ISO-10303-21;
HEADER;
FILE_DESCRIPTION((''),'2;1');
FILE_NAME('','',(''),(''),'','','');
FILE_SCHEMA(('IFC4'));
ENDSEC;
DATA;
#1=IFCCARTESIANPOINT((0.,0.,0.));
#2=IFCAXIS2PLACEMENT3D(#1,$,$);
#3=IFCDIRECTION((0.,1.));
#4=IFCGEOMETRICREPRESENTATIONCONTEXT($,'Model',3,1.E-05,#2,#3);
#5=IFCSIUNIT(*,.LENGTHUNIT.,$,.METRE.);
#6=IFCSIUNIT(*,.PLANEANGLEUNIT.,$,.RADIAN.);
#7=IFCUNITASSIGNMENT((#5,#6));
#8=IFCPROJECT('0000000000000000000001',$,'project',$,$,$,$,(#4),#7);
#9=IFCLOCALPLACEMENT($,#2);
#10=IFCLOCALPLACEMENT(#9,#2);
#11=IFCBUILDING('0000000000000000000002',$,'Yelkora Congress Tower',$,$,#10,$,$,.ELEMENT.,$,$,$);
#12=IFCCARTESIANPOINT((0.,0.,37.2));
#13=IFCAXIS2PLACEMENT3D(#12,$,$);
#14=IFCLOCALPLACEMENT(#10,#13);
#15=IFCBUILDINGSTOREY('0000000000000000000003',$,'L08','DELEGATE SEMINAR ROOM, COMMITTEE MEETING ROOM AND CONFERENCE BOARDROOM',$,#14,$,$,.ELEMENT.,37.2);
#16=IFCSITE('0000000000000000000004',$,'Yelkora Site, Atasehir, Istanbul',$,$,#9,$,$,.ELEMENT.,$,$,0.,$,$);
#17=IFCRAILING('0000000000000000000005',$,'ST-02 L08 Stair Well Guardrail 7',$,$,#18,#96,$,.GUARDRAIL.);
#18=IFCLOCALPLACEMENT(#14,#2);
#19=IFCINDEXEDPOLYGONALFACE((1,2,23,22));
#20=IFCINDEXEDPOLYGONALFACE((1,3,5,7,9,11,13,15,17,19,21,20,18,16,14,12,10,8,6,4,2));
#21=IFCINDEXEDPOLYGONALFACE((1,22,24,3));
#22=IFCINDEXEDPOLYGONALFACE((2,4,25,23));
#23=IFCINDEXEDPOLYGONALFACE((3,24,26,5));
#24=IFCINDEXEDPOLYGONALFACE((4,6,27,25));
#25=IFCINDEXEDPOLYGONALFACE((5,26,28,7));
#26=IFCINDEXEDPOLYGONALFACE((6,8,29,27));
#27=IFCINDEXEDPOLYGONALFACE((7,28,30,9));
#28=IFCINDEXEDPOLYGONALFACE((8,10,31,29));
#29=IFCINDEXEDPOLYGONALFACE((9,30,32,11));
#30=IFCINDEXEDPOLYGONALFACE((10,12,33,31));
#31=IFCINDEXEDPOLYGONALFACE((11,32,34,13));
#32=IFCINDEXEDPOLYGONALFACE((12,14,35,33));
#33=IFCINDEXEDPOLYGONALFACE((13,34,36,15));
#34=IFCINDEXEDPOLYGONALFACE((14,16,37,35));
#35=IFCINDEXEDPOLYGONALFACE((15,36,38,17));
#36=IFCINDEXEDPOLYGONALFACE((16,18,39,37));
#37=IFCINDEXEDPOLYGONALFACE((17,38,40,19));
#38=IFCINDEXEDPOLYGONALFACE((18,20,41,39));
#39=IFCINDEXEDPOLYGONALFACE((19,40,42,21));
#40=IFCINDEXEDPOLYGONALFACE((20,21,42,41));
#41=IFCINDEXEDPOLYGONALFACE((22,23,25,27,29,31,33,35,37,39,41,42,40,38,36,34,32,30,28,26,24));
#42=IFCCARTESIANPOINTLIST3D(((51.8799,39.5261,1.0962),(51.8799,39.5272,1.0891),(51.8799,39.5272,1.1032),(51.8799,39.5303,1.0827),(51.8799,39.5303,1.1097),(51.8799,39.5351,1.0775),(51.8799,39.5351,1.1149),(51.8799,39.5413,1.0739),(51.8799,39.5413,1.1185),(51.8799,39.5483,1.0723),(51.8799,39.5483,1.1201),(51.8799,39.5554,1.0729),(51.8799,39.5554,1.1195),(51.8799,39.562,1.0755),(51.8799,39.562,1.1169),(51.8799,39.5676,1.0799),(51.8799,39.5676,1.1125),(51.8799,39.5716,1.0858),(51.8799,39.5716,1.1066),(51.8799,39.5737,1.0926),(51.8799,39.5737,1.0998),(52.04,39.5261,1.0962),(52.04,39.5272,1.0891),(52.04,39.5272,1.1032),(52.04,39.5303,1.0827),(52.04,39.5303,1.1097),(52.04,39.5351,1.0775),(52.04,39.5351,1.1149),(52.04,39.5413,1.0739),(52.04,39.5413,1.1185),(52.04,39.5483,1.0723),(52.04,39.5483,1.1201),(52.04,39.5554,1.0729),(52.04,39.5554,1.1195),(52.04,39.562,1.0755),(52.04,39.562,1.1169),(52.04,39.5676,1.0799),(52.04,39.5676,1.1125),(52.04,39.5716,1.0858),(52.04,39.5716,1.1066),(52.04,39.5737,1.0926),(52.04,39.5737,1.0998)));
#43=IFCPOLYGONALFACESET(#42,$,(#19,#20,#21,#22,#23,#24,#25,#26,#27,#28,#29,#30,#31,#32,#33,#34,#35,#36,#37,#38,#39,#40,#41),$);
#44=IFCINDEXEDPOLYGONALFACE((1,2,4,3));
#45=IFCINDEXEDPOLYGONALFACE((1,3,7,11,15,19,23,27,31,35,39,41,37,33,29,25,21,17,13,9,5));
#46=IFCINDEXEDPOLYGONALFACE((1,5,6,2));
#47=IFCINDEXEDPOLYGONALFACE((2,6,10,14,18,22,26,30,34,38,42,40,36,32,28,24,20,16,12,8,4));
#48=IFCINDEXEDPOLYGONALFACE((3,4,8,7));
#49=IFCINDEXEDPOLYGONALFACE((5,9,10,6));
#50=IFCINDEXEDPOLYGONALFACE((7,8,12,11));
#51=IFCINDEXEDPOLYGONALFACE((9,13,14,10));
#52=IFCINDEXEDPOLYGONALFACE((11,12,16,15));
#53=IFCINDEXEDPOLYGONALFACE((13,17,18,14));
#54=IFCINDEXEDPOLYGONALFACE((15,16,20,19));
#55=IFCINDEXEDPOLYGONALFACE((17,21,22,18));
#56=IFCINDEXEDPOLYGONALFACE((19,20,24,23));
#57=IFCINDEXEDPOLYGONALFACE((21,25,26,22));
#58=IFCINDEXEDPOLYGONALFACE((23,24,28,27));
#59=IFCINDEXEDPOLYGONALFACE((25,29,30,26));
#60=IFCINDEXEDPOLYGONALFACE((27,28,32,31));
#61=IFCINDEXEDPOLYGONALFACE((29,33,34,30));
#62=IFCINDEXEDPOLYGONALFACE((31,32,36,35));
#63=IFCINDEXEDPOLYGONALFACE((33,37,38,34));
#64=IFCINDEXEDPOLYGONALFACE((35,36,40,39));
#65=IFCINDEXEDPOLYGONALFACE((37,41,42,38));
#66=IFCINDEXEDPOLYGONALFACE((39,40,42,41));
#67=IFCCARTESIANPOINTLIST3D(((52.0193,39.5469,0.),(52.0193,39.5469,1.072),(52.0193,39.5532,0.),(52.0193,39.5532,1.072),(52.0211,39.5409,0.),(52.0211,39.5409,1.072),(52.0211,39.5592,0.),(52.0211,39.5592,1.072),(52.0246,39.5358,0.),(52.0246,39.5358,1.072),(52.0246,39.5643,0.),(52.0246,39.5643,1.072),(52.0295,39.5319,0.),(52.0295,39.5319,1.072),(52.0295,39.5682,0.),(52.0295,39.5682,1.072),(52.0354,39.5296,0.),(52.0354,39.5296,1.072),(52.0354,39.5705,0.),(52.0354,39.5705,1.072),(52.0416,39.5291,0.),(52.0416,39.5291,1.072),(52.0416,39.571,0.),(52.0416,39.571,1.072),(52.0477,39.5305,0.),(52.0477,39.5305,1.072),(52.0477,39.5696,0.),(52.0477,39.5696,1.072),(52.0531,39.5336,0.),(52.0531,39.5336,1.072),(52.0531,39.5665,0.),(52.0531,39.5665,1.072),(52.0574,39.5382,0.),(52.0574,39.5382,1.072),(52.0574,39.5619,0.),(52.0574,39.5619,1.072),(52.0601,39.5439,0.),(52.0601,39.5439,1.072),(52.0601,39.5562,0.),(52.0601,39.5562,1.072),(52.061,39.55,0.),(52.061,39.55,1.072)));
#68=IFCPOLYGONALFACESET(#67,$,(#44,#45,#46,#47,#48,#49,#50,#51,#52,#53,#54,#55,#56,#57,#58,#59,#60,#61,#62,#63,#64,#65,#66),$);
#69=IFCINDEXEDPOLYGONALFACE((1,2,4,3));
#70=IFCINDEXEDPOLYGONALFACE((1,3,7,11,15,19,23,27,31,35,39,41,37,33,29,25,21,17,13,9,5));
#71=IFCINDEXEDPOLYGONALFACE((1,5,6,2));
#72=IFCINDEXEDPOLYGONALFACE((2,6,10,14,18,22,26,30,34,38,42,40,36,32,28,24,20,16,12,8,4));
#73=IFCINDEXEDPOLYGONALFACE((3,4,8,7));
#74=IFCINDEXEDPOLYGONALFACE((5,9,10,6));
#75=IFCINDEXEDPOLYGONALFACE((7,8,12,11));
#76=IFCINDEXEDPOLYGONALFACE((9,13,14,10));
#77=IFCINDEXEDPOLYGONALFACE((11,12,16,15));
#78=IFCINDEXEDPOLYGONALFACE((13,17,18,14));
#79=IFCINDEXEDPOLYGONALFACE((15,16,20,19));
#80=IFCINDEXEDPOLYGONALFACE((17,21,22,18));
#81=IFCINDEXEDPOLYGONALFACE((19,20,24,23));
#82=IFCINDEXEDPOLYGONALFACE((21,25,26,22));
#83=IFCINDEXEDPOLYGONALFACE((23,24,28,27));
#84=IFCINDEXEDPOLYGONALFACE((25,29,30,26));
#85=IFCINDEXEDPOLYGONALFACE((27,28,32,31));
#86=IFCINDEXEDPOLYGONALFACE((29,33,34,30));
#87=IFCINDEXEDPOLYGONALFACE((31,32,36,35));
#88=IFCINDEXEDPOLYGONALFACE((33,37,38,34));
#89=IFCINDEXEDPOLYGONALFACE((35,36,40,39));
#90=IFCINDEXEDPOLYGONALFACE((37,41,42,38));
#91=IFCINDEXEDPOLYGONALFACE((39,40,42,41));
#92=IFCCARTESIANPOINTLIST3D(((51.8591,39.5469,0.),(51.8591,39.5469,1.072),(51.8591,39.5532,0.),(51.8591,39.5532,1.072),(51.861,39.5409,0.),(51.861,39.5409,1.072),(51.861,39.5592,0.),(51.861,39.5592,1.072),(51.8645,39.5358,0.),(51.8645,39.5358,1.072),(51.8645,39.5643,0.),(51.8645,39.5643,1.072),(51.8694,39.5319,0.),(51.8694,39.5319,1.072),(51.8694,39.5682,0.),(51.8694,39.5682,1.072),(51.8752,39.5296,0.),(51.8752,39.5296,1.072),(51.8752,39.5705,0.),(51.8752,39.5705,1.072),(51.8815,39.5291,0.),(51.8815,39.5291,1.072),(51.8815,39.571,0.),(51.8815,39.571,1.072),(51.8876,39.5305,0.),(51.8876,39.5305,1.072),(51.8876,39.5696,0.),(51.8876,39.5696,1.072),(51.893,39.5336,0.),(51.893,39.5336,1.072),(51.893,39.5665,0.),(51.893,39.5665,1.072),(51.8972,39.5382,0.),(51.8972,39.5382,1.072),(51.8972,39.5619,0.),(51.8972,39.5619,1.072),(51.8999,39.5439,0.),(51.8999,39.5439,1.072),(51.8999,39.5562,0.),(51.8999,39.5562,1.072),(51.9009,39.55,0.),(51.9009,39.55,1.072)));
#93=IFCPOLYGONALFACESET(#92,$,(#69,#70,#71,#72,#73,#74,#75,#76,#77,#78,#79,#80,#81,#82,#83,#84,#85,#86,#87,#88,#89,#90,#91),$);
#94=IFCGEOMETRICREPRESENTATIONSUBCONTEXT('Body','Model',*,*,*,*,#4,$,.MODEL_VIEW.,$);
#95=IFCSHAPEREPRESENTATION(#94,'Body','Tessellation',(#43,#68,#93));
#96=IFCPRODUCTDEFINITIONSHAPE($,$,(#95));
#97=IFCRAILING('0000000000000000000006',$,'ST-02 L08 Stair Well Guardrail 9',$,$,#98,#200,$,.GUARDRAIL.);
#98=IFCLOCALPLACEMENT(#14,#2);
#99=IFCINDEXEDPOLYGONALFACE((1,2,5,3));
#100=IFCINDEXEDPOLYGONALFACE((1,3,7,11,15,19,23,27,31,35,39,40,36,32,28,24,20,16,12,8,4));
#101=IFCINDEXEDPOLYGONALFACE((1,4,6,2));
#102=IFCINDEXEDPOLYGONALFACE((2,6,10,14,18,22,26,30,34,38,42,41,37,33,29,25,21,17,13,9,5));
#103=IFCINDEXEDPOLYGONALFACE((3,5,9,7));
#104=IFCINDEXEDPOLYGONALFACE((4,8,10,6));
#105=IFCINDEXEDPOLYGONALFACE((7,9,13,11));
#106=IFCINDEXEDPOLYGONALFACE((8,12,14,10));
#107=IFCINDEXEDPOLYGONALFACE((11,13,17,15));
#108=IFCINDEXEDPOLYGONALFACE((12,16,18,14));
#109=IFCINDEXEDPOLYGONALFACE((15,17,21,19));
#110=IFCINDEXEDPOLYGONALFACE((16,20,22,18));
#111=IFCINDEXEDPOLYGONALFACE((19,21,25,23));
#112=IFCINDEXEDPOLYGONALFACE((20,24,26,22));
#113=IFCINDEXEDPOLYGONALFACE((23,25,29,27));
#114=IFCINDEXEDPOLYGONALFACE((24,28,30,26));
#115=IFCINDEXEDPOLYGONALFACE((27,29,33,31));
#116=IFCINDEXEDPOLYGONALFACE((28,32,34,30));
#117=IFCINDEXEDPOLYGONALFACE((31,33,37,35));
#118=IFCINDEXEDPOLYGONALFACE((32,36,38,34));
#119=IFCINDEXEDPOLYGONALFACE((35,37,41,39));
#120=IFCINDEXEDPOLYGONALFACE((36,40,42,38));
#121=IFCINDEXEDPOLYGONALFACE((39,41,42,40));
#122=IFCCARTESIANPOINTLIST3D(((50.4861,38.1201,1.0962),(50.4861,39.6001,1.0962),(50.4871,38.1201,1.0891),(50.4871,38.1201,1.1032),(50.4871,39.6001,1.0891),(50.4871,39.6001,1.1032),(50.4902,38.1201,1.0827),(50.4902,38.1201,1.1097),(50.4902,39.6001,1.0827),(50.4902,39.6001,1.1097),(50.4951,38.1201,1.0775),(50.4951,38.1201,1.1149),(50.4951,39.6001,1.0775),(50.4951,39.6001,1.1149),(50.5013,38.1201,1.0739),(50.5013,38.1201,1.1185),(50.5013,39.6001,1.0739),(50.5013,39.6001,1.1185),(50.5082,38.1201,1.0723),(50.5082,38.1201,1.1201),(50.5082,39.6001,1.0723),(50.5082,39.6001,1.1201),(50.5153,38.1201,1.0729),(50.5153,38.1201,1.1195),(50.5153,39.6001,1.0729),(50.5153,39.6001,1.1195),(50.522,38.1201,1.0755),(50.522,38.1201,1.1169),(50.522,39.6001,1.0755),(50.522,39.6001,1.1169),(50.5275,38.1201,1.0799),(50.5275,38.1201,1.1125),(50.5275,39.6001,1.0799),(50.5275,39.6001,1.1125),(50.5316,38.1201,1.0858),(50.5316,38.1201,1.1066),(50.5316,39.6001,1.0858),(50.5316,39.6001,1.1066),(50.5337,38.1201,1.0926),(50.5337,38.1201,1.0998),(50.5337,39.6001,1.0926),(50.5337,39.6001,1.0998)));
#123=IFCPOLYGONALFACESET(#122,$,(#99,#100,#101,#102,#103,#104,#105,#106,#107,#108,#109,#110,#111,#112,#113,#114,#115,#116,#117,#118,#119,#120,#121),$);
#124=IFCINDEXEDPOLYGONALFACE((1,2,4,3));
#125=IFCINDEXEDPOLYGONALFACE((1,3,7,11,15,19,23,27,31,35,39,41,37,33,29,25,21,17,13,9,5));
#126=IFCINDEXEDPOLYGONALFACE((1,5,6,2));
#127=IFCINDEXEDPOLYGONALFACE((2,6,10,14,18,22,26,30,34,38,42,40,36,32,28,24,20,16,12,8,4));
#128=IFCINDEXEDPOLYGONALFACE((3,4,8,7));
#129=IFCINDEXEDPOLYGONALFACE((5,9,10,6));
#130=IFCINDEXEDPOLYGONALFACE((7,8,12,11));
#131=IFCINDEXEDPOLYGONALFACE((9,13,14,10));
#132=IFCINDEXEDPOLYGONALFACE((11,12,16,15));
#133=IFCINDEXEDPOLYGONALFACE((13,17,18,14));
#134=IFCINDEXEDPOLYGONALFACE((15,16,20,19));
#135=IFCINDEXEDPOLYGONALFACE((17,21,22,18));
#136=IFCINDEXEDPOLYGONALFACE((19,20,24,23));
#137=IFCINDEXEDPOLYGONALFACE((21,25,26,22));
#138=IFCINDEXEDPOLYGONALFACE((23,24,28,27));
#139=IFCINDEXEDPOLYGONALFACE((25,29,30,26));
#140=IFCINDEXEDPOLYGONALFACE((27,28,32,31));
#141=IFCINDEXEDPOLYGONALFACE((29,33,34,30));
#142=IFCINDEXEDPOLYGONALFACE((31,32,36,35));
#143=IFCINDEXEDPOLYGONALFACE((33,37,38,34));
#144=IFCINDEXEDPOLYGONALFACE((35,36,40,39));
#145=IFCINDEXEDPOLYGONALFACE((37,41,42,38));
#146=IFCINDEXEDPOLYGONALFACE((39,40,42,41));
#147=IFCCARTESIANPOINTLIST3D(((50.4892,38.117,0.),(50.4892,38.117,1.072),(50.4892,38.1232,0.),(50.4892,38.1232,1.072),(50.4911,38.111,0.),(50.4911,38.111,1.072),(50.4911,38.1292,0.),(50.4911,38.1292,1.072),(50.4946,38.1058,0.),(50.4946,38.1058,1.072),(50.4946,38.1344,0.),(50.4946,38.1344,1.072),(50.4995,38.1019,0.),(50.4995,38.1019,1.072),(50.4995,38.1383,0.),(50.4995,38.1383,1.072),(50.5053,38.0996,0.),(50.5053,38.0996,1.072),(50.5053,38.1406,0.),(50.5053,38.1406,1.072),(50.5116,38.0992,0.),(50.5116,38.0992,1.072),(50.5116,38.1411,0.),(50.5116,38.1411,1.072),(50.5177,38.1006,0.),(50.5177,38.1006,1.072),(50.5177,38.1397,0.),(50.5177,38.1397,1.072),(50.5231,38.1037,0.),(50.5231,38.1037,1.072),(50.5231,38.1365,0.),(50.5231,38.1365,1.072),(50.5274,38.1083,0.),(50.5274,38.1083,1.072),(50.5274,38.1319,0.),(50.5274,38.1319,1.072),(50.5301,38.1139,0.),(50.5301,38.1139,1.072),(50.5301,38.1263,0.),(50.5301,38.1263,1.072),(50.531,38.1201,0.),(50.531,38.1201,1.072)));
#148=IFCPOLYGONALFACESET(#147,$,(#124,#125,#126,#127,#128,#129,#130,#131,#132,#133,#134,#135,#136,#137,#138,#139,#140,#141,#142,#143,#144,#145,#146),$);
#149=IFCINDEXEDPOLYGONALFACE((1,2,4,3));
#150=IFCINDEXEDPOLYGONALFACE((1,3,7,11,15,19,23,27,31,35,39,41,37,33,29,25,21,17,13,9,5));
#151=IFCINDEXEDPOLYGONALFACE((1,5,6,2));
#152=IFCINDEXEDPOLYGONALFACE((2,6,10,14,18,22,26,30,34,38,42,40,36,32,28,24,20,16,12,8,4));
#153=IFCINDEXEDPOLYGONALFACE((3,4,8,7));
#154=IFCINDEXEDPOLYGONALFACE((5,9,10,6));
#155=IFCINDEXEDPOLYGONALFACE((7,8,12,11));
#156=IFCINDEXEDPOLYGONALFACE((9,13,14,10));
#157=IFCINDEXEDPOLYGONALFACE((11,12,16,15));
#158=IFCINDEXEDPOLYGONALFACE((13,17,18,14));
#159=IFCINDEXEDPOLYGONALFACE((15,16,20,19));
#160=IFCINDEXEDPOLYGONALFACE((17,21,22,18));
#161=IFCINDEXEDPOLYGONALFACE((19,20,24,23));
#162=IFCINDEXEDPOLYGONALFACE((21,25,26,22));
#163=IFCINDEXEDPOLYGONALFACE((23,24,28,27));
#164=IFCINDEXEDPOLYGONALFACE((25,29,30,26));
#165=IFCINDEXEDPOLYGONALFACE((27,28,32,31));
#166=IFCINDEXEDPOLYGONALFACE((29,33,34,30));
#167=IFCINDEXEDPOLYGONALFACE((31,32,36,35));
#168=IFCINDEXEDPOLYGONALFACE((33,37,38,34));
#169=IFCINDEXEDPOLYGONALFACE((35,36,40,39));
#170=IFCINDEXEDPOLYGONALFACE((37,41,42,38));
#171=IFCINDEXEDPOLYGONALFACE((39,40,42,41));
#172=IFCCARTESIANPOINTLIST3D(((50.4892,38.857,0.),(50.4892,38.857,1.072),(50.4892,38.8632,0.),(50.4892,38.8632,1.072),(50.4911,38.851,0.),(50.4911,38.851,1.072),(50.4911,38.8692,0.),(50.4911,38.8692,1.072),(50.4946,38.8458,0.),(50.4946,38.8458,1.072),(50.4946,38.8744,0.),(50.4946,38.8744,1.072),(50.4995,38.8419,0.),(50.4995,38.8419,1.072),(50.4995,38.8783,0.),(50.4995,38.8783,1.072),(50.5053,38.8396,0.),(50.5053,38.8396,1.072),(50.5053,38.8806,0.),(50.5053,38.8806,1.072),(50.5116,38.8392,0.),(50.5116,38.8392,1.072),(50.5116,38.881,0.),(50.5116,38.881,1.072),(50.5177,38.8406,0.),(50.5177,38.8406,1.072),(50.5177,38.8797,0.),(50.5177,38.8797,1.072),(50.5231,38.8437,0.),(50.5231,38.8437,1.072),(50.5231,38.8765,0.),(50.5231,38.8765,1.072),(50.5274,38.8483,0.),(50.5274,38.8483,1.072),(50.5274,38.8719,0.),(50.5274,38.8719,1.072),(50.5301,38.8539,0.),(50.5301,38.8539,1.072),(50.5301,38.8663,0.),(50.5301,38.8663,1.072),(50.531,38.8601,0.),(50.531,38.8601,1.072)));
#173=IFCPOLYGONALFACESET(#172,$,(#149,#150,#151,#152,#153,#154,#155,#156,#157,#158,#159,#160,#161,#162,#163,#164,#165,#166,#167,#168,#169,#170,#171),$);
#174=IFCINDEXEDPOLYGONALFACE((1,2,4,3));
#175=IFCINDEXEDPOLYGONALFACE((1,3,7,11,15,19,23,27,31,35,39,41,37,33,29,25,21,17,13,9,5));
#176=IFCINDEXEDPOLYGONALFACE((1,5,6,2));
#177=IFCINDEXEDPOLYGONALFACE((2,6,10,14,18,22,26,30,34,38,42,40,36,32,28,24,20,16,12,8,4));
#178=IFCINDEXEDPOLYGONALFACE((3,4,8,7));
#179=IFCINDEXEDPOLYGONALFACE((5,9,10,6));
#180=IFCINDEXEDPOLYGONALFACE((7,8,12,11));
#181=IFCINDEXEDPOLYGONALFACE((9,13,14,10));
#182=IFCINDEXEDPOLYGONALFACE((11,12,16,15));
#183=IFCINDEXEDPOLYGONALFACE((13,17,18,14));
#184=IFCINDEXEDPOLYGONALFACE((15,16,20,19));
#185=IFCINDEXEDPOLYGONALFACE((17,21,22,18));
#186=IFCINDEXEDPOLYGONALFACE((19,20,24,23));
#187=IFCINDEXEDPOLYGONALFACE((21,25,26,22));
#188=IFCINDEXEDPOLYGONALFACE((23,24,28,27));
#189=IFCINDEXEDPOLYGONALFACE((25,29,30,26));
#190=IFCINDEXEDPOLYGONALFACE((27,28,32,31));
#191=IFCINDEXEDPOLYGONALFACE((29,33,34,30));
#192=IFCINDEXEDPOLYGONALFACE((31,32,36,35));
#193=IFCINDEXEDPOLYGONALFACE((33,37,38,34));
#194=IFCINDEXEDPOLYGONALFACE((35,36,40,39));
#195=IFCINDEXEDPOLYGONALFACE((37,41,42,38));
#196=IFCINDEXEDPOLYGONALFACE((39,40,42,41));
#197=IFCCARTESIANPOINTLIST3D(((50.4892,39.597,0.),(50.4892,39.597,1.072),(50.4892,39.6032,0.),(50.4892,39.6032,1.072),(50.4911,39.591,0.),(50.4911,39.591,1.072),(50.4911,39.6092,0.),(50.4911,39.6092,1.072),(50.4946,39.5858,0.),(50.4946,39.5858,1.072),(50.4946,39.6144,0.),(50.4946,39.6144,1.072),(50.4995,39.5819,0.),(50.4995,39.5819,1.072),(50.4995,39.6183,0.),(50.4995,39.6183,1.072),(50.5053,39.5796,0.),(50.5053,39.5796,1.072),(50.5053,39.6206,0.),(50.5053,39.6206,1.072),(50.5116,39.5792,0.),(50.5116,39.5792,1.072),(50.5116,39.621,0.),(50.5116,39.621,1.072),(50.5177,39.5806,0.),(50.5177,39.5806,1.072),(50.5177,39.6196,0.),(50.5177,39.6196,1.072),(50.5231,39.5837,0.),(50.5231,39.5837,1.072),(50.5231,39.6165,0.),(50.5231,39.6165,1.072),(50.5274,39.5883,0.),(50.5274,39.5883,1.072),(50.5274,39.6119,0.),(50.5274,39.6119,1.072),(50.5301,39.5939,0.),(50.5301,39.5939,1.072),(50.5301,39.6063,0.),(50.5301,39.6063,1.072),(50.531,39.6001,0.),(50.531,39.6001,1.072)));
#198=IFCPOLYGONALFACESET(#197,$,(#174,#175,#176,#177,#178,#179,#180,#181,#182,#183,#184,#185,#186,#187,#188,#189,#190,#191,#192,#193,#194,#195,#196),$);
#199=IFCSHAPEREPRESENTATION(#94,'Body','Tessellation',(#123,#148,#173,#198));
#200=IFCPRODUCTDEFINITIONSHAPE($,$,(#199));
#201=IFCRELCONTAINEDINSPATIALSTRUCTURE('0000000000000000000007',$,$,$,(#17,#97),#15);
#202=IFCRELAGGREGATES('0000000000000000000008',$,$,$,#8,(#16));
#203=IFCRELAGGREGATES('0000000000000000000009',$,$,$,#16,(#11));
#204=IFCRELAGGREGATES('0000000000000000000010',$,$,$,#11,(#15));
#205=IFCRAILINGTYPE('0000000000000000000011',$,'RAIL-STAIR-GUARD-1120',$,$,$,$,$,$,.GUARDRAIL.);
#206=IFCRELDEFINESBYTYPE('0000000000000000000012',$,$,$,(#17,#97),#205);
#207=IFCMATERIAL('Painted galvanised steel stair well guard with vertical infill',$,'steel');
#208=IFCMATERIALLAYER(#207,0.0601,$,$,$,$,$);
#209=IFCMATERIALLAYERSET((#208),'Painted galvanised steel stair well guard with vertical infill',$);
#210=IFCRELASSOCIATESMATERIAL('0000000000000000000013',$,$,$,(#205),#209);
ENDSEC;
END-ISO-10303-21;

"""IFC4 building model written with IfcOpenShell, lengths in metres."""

from ifc_helpers import new_model, si_unit, direction, frame, origin, origin_2d, place, context, subcontext, project, spatial, circle, extrude, material, layer, layer_set, type_object, element, save


model = new_model("IFC4")

# Units and contexts
model_context = context("Model", 3, precision=1e-05, world=origin(), true_north=direction((0.0, 1.0)))
body_context = subcontext(model_context, "Body", "Model", "MODEL_VIEW")
ifc_project = project(units=[si_unit("LENGTHUNIT", "METRE"), si_unit("PLANEANGLEUNIT", "RADIAN")], contexts=[model_context])

# Site, building, storey
site_placement = place(None, origin())
site = spatial("IfcSite", under=ifc_project, at=site_placement, Name="Yelkora Site, Atasehir, Istanbul", CompositionType="ELEMENT", RefElevation=0.0)
building_placement = place(site_placement, origin())
building = spatial("IfcBuilding", under=site, at=building_placement, Name="Yelkora Congress Tower", CompositionType="ELEMENT")
storey_placement = place(building_placement, frame((0.0, 0.0, 37.2)))
storey = spatial("IfcBuildingStorey", under=building, at=storey_placement, Name="L08", Description="DELEGATE SEMINAR ROOM, COMMITTEE MEETING ROOM AND CONFERENCE BOARDROOM", CompositionType="ELEMENT", Elevation=37.2)

# Railings
ifc_material_1 = material(Name="Painted galvanised steel stair well guard with vertical infill", Category="steel")
ifc_layer_1 = layer(ifc_material_1, 0.0601)
ifc_layer_set_1 = layer_set([ifc_layer_1], Name="Painted galvanised steel stair well guard with vertical infill")
railing_type_1 = type_object("IfcRailingType", Name="RAIL-STAIR-GUARD-1120", PredefinedType="GUARDRAIL", material=ifc_layer_set_1)
railing_1_placement = place(storey_placement, frame((52.04, 39.55, 0.0)))
element("IfcRailing", 1, at=railing_1_placement, inside=storey, type_object=railing_type_1, Name="ST-02 L08 Stair Well Guardrail 7", PredefinedType="GUARDRAIL", context=body_context, shape_type="SweptSolid", body=[
    extrude(circle(Radius=0.0239, at=origin_2d()), frame((0.0, 0.0, 1.0962), z_axis=(-1.0, 0.0, 0.0), x_axis=(0.0, -1.0, 0.0)), (0.0, 0.0, 1.0), 0.1602),
    extrude(circle(Radius=0.021, at=origin_2d()), origin(), (0.0, 0.0, 1.0), 1.072),
    extrude(circle(Radius=0.021, at=origin_2d()), frame((-0.1602, 0.0, 0.0)), (0.0, 0.0, 1.0), 1.072),
])
railing_2_placement = place(storey_placement, frame((50.51, 38.1201, 0.0)))
element("IfcRailing", 2, at=railing_2_placement, inside=storey, type_object=railing_type_1, Name="ST-02 L08 Stair Well Guardrail 9", PredefinedType="GUARDRAIL", context=body_context, shape_type="SweptSolid", body=[
    extrude(circle(Radius=0.0239, at=origin_2d()), frame((0.0, 0.0, 1.0962), z_axis=(0.0, 1.0, 0.0), x_axis=(-1.0, 0.0, 0.0)), (0.0, 0.0, 1.0), 1.48),
    extrude(circle(Radius=0.021, at=origin_2d()), origin(), (0.0, 0.0, 1.0), 1.072),
    extrude(circle(Radius=0.021, at=origin_2d()), frame((0.0, 0.74, 0.0)), (0.0, 0.0, 1.0), 1.072),
    extrude(circle(Radius=0.021, at=origin_2d()), frame((0.0, 1.48, 0.0)), (0.0, 0.0, 1.0), 1.072),
])

save(model, "model.ifc")
